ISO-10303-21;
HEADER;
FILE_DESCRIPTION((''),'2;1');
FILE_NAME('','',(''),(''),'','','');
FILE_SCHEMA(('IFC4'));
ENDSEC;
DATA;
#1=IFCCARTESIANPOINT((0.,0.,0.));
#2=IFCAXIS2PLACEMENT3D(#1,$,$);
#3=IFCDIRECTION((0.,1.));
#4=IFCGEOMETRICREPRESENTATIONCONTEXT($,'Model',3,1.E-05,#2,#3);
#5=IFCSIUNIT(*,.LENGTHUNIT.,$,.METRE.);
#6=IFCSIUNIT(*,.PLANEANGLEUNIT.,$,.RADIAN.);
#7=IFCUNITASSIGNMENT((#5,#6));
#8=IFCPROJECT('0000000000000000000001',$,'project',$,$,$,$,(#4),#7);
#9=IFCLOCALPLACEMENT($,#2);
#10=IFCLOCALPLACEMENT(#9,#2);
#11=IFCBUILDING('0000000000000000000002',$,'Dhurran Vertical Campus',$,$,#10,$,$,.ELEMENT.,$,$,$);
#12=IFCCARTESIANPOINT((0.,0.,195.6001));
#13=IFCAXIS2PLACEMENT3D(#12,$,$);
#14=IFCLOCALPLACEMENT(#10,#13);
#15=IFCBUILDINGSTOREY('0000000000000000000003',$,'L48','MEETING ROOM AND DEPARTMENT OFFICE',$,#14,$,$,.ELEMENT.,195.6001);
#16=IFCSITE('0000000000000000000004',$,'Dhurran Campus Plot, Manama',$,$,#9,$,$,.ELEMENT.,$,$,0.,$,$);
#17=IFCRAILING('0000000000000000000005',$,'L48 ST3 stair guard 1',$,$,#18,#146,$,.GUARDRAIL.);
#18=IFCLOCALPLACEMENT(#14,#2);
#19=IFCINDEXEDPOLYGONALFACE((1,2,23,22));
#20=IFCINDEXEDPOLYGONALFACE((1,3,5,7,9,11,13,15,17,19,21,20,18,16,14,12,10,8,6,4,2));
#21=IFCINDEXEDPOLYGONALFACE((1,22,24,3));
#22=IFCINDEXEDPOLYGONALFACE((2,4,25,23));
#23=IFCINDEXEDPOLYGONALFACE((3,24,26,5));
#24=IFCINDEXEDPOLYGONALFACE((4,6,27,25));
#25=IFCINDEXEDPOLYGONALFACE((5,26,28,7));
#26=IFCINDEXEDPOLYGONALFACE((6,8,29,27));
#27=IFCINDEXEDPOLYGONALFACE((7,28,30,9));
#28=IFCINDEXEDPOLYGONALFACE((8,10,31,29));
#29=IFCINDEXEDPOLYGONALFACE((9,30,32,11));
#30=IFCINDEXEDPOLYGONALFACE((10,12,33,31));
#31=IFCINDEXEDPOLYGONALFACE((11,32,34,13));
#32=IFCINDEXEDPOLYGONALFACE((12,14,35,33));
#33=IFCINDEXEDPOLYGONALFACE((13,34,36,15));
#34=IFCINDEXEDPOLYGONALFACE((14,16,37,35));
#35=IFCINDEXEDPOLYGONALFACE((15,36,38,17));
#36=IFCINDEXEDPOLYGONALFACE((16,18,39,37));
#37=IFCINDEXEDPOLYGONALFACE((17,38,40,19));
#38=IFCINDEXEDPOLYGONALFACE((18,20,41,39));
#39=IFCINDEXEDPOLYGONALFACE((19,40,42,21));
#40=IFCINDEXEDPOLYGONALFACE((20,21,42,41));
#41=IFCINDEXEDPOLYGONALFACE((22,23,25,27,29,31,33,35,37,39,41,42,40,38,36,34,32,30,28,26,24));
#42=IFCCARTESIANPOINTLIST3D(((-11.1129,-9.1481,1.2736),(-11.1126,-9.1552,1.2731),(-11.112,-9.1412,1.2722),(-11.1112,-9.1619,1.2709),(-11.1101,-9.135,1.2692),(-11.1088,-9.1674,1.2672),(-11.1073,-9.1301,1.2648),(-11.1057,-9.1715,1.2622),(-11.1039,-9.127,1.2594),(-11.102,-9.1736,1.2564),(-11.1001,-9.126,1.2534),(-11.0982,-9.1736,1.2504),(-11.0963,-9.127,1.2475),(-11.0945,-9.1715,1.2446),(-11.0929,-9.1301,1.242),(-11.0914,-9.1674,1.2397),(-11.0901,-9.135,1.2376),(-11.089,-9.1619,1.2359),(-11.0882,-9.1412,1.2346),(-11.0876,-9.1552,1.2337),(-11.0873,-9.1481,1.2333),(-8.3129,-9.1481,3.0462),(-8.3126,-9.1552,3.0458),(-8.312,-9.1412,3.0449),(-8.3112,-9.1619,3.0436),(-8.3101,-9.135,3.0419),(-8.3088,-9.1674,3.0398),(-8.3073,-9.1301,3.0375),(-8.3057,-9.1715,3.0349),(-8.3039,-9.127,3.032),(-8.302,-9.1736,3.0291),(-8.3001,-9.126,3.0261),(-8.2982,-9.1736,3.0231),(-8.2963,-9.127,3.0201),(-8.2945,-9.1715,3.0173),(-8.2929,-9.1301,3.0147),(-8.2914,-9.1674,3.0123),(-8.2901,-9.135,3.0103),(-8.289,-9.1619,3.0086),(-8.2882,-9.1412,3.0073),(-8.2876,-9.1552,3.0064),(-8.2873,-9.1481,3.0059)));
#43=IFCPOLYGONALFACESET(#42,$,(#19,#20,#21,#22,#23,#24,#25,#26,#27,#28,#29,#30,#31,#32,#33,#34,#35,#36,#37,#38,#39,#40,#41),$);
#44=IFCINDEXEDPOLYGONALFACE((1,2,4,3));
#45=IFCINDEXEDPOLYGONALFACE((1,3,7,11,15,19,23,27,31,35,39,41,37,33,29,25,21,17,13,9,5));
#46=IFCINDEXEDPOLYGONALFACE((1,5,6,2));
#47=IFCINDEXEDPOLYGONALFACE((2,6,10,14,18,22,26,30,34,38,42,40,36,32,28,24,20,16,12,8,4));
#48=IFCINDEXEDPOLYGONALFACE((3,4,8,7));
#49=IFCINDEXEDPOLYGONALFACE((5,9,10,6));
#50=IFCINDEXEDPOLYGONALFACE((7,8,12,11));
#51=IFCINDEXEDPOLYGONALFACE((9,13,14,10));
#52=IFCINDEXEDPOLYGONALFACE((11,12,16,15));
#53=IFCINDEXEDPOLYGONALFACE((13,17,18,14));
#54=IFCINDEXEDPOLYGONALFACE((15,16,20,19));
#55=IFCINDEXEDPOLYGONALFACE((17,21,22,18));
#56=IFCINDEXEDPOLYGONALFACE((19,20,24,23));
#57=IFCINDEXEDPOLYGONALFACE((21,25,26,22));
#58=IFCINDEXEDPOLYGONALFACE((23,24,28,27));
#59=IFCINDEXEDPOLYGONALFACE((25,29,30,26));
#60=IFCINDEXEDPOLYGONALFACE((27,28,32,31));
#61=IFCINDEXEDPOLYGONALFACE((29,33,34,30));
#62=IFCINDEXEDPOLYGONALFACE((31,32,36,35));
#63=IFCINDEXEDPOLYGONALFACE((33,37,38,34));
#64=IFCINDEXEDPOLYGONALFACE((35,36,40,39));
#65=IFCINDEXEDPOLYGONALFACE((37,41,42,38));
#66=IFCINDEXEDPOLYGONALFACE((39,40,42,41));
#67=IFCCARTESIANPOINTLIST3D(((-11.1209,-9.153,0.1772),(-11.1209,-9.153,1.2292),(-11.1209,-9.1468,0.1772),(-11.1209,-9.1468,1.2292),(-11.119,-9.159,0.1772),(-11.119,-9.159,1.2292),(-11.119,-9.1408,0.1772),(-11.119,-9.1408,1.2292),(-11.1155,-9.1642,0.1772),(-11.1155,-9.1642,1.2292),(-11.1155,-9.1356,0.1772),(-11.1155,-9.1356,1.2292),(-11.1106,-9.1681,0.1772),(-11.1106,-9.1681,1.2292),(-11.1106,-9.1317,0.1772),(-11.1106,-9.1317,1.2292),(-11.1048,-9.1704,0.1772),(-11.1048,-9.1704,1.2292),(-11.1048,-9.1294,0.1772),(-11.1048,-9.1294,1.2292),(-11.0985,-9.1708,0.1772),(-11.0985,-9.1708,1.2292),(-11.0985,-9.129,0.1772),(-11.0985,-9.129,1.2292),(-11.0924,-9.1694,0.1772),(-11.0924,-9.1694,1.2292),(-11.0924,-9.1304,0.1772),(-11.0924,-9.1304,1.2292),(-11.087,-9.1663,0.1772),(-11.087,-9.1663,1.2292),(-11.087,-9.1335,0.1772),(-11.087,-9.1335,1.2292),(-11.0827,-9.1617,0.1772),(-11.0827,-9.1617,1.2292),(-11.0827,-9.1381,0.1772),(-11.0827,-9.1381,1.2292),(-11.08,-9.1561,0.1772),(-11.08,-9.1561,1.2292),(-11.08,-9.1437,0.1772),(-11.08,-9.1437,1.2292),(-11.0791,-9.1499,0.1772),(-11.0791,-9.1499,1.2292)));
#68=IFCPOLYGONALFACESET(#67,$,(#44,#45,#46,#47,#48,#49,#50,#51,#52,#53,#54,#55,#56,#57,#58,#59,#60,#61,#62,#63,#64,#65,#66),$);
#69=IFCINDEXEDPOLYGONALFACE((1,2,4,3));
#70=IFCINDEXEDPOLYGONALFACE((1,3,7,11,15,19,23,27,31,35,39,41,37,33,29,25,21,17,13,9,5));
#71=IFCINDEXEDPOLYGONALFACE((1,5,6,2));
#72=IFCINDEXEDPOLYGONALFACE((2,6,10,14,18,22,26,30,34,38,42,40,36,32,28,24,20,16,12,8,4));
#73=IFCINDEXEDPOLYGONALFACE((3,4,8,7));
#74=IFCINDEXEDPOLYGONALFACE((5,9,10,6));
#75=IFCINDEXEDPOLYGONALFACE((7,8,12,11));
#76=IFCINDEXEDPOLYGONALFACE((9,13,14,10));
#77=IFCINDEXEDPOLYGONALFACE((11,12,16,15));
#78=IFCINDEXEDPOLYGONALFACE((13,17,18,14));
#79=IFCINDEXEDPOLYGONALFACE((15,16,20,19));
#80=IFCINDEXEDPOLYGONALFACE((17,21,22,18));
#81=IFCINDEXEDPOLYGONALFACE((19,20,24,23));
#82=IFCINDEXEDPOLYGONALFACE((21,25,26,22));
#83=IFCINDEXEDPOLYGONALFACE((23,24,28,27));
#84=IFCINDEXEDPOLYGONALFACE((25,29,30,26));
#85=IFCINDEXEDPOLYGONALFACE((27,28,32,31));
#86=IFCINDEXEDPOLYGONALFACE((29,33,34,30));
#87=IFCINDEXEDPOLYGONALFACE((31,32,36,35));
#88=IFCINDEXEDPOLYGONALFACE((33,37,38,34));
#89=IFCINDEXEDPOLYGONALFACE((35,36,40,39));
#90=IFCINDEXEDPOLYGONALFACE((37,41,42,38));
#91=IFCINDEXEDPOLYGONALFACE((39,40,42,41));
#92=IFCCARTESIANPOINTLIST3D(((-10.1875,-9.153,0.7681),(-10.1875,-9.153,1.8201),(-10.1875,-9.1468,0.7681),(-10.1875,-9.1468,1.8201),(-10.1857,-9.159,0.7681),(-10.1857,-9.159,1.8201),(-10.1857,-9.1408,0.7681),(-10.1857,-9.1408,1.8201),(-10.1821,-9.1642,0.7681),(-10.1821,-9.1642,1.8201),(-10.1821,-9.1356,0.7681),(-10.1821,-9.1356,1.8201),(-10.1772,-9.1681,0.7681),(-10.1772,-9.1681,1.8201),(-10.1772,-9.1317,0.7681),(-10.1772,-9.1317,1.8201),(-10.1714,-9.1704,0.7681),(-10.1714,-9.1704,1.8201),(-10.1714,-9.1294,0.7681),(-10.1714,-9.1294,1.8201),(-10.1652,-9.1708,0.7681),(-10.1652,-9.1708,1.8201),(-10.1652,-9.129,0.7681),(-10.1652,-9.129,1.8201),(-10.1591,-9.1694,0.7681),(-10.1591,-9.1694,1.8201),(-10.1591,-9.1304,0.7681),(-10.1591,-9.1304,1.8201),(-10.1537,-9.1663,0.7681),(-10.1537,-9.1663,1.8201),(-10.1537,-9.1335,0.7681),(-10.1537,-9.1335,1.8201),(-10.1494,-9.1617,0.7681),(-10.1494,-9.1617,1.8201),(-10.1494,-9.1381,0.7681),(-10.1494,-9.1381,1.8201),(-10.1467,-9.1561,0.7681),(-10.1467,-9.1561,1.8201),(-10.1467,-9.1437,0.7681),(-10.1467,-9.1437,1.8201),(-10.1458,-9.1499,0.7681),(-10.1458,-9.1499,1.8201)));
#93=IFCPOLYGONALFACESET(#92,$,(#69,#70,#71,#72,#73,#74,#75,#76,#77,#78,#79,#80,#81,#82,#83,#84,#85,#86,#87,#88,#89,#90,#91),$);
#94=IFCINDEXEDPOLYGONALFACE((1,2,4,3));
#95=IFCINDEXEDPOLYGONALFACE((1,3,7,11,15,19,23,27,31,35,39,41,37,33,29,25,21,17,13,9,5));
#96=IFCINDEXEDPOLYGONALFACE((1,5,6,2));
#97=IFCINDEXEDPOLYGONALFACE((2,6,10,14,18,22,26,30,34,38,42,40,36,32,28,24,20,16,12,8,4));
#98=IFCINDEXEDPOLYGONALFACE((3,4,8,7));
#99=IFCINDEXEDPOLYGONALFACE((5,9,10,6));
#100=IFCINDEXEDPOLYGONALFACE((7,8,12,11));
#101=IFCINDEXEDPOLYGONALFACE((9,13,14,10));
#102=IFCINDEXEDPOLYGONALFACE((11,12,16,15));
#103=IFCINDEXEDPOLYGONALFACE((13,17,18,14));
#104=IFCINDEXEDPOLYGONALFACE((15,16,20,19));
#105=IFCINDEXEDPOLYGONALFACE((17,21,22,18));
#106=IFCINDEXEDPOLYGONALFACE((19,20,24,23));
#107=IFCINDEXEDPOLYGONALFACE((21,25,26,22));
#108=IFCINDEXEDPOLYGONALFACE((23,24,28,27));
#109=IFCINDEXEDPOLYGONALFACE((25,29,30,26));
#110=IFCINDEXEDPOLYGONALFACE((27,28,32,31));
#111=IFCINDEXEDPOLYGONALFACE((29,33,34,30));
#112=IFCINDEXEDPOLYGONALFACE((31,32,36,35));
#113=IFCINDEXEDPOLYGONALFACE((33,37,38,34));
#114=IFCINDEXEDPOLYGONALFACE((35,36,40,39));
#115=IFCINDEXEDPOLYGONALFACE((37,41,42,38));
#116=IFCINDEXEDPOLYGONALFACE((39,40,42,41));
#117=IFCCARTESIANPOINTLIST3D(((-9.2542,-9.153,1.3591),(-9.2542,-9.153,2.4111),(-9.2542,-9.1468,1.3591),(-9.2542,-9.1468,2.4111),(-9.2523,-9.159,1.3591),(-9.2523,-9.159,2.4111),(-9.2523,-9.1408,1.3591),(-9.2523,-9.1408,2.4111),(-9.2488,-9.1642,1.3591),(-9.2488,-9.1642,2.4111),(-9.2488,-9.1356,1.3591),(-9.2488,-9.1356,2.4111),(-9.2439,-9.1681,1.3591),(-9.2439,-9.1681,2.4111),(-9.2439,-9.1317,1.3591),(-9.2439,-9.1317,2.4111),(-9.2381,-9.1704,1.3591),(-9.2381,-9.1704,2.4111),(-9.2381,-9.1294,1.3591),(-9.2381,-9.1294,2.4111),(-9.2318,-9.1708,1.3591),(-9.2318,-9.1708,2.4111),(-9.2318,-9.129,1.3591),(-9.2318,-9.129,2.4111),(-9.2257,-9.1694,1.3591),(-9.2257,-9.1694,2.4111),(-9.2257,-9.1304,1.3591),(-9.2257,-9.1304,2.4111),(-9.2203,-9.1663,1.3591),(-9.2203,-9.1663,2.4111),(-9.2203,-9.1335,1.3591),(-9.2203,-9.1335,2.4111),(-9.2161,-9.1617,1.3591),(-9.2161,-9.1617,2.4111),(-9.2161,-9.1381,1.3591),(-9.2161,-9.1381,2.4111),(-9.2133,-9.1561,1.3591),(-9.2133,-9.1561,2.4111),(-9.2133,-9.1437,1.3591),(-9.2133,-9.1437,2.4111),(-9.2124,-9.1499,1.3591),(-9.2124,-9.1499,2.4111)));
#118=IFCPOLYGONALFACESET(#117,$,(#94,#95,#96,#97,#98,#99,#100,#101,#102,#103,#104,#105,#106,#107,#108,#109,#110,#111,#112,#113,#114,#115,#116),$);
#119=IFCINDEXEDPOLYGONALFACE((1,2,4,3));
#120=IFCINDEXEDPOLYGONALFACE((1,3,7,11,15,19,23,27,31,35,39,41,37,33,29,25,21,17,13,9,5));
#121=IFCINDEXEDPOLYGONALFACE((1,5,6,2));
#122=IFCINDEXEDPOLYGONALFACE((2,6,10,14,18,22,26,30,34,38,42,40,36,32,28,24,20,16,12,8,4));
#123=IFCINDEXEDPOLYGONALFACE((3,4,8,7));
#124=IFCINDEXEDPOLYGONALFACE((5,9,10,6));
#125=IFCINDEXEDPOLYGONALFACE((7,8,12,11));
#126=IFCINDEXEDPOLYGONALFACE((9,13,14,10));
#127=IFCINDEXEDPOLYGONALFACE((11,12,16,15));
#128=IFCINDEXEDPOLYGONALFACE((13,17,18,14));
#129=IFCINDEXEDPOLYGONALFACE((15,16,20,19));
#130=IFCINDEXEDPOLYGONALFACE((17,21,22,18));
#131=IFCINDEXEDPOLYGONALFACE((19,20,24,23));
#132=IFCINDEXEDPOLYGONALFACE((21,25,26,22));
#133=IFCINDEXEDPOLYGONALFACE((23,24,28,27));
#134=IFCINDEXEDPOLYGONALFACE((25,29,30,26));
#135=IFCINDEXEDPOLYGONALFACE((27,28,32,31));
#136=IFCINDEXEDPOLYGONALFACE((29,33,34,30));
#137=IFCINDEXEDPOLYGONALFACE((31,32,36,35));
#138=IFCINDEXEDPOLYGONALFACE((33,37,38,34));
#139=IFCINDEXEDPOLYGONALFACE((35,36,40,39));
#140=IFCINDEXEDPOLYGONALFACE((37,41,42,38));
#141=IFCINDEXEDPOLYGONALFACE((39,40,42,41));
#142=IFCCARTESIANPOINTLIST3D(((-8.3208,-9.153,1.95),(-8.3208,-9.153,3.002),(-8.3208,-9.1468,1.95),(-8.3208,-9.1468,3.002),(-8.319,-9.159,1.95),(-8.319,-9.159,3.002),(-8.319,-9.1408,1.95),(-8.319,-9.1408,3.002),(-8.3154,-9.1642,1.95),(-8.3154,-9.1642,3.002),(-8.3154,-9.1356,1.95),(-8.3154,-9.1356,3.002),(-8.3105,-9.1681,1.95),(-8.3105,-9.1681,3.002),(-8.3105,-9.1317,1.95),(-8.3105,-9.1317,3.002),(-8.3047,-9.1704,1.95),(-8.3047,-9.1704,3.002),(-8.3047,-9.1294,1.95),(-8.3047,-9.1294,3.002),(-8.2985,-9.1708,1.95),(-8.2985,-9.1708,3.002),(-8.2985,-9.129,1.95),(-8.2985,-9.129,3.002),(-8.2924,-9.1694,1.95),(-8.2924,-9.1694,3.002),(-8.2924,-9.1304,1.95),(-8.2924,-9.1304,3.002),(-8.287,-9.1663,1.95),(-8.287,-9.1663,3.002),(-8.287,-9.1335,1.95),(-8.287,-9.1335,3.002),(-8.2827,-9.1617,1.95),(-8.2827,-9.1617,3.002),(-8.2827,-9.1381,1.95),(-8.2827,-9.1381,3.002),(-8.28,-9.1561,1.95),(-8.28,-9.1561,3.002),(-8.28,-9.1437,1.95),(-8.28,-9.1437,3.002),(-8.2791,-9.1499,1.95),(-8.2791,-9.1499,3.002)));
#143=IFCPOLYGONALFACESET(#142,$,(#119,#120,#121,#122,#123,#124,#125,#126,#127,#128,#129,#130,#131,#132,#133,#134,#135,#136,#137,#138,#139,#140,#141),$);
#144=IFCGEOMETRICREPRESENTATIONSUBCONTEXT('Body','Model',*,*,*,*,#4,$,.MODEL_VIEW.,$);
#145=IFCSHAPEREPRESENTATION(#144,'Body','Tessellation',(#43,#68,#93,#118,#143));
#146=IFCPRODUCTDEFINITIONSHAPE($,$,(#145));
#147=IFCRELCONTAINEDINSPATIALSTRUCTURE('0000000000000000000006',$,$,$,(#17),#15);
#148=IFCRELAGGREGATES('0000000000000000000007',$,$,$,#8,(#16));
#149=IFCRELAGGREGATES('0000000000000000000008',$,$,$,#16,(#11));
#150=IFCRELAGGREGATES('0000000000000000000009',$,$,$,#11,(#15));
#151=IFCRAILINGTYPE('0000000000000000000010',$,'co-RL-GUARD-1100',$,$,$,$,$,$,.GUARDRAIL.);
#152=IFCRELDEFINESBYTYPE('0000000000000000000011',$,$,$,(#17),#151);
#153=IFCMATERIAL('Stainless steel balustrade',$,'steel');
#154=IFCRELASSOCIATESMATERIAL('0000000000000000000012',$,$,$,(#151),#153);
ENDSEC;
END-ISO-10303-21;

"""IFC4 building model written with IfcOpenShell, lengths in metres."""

from ifc_helpers import new_model, si_unit, direction, frame, origin, origin_2d, place, context, subcontext, project, spatial, circle, extrude, material, type_object, element, save


model = new_model("IFC4")

# Units and contexts
model_context = context("Model", 3, precision=1e-05, world=origin(), true_north=direction((0.0, 1.0)))
body_context = subcontext(model_context, "Body", "Model", "MODEL_VIEW")
ifc_project = project(units=[si_unit("LENGTHUNIT", "METRE"), si_unit("PLANEANGLEUNIT", "RADIAN")], contexts=[model_context])

# Site, building, storey
site_placement = place(None, origin())
site = spatial("IfcSite", under=ifc_project, at=site_placement, Name="Dhurran Campus Plot, Manama", CompositionType="ELEMENT", RefElevation=0.0)
building_placement = place(site_placement, origin())
building = spatial("IfcBuilding", under=site, at=building_placement, Name="Dhurran Vertical Campus", CompositionType="ELEMENT")
storey_placement = place(building_placement, frame((0.0, 0.0, 195.6001)))
storey = spatial("IfcBuildingStorey", under=building, at=storey_placement, Name="L48", Description="MEETING ROOM AND DEPARTMENT OFFICE", CompositionType="ELEMENT", Elevation=195.6001)

# Railing
ifc_material_1 = material(Name="Stainless steel balustrade", Category="steel")
railing_type_1 = type_object("IfcRailingType", Name="co-RL-GUARD-1100", PredefinedType="GUARDRAIL", material=ifc_material_1)
railing_1_placement = place(storey_placement, frame((-11.1001, -9.1499, 0.1772)))
element("IfcRailing", 1, at=railing_1_placement, inside=storey, type_object=railing_type_1, Name="L48 ST3 stair guard 1", PredefinedType="GUARDRAIL", context=body_context, shape_type="SweptSolid", body=[
    extrude(circle(Radius=0.0239, at=origin_2d()), frame((0.0, 0.0, 1.0762), z_axis=(0.844909, 0.0, 0.53491), x_axis=(0.0, 1.0, 0.0)), (0.0, 0.0, 1.0), 3.314),
    extrude(circle(Radius=0.021, at=origin_2d()), origin(), (0.0, 0.0, 1.0), 1.052),
    extrude(circle(Radius=0.021, at=origin_2d()), frame((0.9333, 0.0, 0.5908)), (0.0, 0.0, 1.0), 1.052),
    extrude(circle(Radius=0.021, at=origin_2d()), frame((1.8667, 0.0, 1.1819)), (0.0, 0.0, 1.0), 1.052),
    extrude(circle(Radius=0.021, at=origin_2d()), frame((2.8, 0.0, 1.7727)), (0.0, 0.0, 1.0), 1.052),
])

save(model, "model.ifc")
